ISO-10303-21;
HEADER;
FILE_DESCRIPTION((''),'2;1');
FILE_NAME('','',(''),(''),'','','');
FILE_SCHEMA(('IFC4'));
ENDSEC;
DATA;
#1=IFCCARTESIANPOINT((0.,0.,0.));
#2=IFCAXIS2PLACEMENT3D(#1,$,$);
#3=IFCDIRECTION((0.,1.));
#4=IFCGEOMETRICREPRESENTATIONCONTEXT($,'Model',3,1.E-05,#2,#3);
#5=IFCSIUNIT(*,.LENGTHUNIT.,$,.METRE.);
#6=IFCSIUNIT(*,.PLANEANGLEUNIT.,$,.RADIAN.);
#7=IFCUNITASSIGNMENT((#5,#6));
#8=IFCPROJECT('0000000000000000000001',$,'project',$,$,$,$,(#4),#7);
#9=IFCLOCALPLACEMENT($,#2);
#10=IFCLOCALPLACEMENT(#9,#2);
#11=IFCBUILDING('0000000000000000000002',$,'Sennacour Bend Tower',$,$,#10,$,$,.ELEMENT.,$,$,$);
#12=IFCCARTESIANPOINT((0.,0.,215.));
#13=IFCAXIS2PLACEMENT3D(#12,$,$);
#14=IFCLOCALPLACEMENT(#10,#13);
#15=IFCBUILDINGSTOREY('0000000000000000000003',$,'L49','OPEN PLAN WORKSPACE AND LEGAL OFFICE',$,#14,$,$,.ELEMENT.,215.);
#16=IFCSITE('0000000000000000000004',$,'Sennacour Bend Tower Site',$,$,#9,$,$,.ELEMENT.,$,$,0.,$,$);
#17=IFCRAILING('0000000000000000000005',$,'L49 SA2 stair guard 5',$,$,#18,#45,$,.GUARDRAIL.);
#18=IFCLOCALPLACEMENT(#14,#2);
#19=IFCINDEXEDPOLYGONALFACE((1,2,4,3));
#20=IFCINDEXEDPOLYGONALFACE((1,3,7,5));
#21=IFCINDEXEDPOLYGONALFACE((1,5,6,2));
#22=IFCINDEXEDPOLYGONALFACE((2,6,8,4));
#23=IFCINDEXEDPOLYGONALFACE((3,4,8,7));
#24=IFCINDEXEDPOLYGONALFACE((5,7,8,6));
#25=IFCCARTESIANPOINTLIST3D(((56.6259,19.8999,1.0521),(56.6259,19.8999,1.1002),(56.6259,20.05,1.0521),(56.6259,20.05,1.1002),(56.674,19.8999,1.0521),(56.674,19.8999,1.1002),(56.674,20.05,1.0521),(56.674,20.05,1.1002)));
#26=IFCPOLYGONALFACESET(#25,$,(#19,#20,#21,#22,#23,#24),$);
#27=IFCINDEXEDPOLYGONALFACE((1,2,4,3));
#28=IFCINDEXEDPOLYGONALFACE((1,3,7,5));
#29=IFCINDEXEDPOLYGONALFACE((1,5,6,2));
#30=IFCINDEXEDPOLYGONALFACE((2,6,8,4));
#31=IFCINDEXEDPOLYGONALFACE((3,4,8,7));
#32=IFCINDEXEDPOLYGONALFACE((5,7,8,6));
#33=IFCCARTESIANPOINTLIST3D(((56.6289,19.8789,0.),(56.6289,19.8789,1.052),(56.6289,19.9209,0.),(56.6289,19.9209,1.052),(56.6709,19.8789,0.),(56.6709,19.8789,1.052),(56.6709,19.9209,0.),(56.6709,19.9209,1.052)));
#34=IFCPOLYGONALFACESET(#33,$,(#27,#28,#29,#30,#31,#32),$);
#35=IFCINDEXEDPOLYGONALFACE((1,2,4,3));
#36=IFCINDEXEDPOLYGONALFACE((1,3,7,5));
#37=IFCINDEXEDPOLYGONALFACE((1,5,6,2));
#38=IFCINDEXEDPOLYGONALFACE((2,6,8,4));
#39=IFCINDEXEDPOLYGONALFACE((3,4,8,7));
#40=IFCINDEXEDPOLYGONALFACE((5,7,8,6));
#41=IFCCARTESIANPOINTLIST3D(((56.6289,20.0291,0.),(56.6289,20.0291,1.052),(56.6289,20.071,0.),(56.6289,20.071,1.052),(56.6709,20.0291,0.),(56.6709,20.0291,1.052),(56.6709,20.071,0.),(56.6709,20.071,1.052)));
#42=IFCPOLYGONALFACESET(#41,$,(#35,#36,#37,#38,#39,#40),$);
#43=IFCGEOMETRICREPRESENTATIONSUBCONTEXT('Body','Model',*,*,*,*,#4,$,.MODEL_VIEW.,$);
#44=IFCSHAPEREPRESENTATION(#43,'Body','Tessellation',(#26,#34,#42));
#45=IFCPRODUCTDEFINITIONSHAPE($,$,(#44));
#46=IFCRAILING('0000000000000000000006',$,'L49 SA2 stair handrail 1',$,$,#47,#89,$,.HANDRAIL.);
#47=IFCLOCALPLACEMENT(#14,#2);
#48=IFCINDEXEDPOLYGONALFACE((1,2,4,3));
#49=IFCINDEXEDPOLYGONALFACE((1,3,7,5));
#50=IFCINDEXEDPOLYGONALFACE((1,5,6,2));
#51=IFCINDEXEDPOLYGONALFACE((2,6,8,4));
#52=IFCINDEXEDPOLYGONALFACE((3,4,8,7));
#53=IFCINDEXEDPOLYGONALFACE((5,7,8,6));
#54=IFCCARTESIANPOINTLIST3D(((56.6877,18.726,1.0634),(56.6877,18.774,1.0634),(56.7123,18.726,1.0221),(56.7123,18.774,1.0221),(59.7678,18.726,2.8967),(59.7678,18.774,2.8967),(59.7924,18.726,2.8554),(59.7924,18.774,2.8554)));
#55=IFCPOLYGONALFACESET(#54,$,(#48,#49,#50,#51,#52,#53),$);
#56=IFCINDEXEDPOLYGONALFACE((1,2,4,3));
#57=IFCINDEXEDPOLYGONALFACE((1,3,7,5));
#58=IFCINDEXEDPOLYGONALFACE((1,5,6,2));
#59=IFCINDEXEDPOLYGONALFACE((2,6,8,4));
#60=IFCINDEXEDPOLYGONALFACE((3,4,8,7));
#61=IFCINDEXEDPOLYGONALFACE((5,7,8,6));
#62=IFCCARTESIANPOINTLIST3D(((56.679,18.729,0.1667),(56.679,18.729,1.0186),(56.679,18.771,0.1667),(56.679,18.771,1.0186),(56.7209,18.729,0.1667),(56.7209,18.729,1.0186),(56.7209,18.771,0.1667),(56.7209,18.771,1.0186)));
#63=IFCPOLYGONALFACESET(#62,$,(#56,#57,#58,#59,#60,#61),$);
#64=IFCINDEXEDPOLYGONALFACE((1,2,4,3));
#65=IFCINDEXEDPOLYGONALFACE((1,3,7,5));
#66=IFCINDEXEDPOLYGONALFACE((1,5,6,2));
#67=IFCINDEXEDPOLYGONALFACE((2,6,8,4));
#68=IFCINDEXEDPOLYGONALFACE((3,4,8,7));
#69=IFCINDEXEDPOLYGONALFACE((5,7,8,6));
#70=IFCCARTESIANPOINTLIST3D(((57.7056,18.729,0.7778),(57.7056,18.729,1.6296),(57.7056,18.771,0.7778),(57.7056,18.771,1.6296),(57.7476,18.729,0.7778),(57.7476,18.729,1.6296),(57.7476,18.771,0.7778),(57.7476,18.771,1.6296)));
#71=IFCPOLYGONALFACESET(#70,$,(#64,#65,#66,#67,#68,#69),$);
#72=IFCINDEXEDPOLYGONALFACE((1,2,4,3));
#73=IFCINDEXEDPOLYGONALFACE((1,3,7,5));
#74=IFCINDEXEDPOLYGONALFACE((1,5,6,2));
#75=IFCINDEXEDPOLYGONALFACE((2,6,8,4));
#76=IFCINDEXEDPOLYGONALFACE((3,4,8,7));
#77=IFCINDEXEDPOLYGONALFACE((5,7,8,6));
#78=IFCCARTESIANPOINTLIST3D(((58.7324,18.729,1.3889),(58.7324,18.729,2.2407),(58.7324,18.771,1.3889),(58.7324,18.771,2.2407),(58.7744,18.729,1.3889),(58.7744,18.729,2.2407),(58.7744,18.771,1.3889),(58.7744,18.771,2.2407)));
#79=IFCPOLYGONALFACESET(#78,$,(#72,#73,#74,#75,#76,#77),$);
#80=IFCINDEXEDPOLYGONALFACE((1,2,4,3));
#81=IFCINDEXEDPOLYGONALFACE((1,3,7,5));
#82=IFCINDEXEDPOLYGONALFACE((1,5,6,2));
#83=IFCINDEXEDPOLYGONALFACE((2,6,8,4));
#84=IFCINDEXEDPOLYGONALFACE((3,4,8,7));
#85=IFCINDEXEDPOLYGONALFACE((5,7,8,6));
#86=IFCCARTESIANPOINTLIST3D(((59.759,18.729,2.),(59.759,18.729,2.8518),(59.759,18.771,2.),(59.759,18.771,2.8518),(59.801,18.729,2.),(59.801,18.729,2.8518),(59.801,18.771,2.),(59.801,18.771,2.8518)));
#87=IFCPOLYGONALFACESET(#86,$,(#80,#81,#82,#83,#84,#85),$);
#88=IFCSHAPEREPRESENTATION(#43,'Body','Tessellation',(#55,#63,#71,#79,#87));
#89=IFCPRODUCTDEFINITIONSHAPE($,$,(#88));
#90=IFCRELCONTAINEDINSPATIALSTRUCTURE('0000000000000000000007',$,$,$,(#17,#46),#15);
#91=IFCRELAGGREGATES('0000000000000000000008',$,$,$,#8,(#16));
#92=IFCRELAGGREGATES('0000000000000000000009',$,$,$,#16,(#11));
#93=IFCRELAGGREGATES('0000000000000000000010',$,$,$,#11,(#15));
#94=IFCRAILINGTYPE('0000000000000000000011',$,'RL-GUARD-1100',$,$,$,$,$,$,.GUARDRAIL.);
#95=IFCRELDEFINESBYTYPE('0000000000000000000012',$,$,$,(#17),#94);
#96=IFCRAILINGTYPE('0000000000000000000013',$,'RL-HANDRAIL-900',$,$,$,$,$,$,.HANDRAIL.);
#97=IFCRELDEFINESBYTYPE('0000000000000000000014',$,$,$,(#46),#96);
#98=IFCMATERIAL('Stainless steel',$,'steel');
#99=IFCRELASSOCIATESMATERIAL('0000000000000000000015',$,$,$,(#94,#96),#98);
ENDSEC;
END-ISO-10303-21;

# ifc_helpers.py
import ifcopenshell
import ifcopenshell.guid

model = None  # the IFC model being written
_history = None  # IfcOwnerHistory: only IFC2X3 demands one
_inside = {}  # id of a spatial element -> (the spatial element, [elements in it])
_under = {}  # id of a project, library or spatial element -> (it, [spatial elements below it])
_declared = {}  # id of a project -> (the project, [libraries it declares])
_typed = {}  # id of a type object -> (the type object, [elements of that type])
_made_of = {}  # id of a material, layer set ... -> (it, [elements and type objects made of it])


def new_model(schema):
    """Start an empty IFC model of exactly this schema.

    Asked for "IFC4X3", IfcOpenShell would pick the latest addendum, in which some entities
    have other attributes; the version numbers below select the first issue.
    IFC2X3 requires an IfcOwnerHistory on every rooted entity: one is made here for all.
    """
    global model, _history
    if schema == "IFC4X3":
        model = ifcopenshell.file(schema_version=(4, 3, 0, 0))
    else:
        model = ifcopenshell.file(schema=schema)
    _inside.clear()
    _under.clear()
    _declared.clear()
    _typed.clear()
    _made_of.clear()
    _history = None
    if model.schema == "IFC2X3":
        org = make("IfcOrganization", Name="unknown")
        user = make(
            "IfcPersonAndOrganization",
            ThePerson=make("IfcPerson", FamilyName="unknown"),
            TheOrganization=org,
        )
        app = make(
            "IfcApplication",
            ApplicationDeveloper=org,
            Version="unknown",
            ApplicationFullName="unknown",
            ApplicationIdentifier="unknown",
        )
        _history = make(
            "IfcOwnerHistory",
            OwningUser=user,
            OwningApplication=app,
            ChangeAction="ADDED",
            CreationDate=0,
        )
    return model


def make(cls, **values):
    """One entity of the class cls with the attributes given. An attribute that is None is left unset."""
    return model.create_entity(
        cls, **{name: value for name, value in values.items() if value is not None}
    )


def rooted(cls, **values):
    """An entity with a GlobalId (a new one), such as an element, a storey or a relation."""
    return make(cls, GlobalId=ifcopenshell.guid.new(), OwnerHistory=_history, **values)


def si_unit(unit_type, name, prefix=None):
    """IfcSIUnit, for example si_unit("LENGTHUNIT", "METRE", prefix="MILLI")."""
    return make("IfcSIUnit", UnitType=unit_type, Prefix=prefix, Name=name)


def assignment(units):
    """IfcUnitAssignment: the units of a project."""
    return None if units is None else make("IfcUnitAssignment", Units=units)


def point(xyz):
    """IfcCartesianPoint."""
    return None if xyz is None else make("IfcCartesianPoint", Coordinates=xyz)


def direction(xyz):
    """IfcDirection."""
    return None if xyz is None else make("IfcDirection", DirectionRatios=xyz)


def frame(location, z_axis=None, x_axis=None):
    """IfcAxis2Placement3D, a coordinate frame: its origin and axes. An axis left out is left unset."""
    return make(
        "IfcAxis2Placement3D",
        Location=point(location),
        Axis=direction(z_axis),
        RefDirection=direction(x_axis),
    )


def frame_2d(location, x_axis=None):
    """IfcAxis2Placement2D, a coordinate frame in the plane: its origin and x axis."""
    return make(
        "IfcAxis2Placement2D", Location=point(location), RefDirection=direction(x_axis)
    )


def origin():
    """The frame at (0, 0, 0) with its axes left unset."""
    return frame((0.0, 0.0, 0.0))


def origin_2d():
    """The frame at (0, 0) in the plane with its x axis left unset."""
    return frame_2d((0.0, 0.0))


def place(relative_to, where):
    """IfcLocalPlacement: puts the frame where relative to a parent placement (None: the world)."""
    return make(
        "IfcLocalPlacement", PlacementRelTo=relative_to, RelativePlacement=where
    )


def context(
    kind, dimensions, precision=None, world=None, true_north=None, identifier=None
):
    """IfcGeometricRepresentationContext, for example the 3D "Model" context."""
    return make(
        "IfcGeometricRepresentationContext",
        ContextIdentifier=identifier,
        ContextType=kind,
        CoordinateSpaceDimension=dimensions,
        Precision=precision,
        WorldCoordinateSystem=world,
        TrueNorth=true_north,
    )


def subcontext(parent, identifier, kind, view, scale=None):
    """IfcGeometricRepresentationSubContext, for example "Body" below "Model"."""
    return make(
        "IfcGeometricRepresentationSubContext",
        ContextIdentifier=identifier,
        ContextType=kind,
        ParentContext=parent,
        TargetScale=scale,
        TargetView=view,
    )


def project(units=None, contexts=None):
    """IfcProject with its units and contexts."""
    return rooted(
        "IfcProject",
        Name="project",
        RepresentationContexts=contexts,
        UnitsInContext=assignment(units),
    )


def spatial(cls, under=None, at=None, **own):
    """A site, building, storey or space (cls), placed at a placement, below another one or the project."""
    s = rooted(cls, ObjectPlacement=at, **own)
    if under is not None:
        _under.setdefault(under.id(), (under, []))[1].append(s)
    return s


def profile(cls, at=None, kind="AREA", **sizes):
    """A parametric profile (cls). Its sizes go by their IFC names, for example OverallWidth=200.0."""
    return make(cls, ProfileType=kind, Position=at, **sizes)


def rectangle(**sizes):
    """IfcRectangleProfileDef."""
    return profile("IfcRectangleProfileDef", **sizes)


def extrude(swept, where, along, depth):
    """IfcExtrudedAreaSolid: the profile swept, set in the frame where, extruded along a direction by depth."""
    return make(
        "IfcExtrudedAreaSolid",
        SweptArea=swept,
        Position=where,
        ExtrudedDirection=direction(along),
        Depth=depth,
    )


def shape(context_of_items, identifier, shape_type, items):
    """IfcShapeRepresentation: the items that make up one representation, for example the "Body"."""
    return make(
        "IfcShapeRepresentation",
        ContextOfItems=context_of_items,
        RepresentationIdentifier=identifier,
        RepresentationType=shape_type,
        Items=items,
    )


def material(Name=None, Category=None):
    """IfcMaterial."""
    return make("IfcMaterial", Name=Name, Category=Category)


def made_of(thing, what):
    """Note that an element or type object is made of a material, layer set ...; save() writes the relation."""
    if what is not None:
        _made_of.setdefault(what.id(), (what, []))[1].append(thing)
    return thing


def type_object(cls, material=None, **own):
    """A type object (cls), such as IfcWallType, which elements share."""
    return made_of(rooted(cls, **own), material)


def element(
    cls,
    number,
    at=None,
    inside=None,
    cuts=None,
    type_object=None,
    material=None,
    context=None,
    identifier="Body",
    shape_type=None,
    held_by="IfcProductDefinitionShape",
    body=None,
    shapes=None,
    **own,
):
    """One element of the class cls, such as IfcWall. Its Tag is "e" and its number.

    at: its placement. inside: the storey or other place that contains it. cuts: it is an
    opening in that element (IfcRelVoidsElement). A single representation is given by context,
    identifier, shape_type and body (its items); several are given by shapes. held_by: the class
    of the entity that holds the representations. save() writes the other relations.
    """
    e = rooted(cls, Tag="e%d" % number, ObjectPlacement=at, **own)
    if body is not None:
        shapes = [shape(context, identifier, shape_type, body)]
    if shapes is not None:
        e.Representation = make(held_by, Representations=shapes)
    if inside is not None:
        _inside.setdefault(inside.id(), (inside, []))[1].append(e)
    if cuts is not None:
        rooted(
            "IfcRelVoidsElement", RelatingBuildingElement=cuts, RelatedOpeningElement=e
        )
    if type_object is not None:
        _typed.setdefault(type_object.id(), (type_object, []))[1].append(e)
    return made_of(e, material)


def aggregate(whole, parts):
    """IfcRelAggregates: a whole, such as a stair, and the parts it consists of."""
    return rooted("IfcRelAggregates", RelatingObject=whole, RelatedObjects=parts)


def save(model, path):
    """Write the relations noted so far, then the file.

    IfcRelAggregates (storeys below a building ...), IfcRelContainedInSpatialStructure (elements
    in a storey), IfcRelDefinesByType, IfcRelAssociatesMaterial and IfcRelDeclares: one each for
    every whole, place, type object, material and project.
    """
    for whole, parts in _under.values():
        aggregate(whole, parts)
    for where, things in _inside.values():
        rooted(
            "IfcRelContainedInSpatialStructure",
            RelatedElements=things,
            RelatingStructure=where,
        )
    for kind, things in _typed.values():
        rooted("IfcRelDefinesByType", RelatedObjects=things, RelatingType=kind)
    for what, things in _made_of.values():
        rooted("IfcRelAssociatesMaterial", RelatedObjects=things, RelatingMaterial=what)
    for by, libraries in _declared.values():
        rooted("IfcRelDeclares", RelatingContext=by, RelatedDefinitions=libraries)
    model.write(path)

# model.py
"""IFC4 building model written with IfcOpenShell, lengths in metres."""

from ifc_helpers import new_model, si_unit, direction, frame, origin, origin_2d, place, context, subcontext, project, spatial, rectangle, extrude, material, type_object, element, save


model = new_model("IFC4")

# Units and contexts
model_context = context("Model", 3, precision=1e-05, world=origin(), true_north=direction((0.0, 1.0)))
body_context = subcontext(model_context, "Body", "Model", "MODEL_VIEW")
ifc_project = project(units=[si_unit("LENGTHUNIT", "METRE"), si_unit("PLANEANGLEUNIT", "RADIAN")], contexts=[model_context])

# Site, building, storey
site_placement = place(None, origin())
site = spatial("IfcSite", under=ifc_project, at=site_placement, Name="Sennacour Bend Tower Site", CompositionType="ELEMENT", RefElevation=0.0)
building_placement = place(site_placement, origin())
building = spatial("IfcBuilding", under=site, at=building_placement, Name="Sennacour Bend Tower", CompositionType="ELEMENT")
storey_placement = place(building_placement, frame((0.0, 0.0, 215.0)))
storey = spatial("IfcBuildingStorey", under=building, at=storey_placement, Name="L49", Description="OPEN PLAN WORKSPACE AND LEGAL OFFICE", CompositionType="ELEMENT", Elevation=215.0)

# Shared definitions
ifc_material_1 = material(Name="Stainless steel", Category="steel")

# Railings
railing_type_1 = type_object("IfcRailingType", Name="RL-GUARD-1100", PredefinedType="GUARDRAIL", material=ifc_material_1)
railing_1_placement = place(storey_placement, frame((56.6499, 19.8999, 0.0)))
element("IfcRailing", 1, at=railing_1_placement, inside=storey, type_object=railing_type_1, Name="L49 SA2 stair guard 5", PredefinedType="GUARDRAIL", context=body_context, shape_type="SweptSolid", body=[
    extrude(rectangle(XDim=0.0481, YDim=0.0481, at=origin_2d()), frame((0.0, 0.0, 1.0762), z_axis=(0.0, 1.0, 0.0), x_axis=(-1.0, 0.0, 0.0)), (0.0, 0.0, 1.0), 0.1501),
    extrude(rectangle(XDim=0.042, YDim=0.042, at=origin_2d()), origin(), (0.0, 0.0, 1.0), 1.052),
    extrude(rectangle(XDim=0.042, YDim=0.042, at=origin_2d()), frame((0.0, 0.1501, 0.0)), (0.0, 0.0, 1.0), 1.052),
])
railing_type_2 = type_object("IfcRailingType", Name="RL-HANDRAIL-900", PredefinedType="HANDRAIL", material=ifc_material_1)
railing_2_placement = place(storey_placement, frame((56.7, 18.75, 0.1667)))
element("IfcRailing", 2, at=railing_2_placement, inside=storey, type_object=railing_type_2, Name="L49 SA2 stair handrail 1", PredefinedType="HANDRAIL", context=body_context, shape_type="SweptSolid", body=[
    extrude(rectangle(XDim=0.0481, YDim=0.0481, at=origin_2d()), frame((0.0, 0.0, 0.876), z_axis=(0.859309, 0.0, 0.511458), x_axis=(0.0, 1.0, 0.0)), (0.0, 0.0, 1.0), 3.5845),
    extrude(rectangle(XDim=0.042, YDim=0.042, at=origin_2d()), origin(), (0.0, 0.0, 1.0), 0.8518),
    extrude(rectangle(XDim=0.042, YDim=0.042, at=origin_2d()), frame((1.0266, 0.0, 0.6111)), (0.0, 0.0, 1.0), 0.8518),
    extrude(rectangle(XDim=0.042, YDim=0.042, at=origin_2d()), frame((2.0535, 0.0, 1.2222)), (0.0, 0.0, 1.0), 0.8518),
    extrude(rectangle(XDim=0.042, YDim=0.042, at=origin_2d()), frame((3.0801, 0.0, 1.8333)), (0.0, 0.0, 1.0), 0.8518),
])

save(model, "model.ifc")
